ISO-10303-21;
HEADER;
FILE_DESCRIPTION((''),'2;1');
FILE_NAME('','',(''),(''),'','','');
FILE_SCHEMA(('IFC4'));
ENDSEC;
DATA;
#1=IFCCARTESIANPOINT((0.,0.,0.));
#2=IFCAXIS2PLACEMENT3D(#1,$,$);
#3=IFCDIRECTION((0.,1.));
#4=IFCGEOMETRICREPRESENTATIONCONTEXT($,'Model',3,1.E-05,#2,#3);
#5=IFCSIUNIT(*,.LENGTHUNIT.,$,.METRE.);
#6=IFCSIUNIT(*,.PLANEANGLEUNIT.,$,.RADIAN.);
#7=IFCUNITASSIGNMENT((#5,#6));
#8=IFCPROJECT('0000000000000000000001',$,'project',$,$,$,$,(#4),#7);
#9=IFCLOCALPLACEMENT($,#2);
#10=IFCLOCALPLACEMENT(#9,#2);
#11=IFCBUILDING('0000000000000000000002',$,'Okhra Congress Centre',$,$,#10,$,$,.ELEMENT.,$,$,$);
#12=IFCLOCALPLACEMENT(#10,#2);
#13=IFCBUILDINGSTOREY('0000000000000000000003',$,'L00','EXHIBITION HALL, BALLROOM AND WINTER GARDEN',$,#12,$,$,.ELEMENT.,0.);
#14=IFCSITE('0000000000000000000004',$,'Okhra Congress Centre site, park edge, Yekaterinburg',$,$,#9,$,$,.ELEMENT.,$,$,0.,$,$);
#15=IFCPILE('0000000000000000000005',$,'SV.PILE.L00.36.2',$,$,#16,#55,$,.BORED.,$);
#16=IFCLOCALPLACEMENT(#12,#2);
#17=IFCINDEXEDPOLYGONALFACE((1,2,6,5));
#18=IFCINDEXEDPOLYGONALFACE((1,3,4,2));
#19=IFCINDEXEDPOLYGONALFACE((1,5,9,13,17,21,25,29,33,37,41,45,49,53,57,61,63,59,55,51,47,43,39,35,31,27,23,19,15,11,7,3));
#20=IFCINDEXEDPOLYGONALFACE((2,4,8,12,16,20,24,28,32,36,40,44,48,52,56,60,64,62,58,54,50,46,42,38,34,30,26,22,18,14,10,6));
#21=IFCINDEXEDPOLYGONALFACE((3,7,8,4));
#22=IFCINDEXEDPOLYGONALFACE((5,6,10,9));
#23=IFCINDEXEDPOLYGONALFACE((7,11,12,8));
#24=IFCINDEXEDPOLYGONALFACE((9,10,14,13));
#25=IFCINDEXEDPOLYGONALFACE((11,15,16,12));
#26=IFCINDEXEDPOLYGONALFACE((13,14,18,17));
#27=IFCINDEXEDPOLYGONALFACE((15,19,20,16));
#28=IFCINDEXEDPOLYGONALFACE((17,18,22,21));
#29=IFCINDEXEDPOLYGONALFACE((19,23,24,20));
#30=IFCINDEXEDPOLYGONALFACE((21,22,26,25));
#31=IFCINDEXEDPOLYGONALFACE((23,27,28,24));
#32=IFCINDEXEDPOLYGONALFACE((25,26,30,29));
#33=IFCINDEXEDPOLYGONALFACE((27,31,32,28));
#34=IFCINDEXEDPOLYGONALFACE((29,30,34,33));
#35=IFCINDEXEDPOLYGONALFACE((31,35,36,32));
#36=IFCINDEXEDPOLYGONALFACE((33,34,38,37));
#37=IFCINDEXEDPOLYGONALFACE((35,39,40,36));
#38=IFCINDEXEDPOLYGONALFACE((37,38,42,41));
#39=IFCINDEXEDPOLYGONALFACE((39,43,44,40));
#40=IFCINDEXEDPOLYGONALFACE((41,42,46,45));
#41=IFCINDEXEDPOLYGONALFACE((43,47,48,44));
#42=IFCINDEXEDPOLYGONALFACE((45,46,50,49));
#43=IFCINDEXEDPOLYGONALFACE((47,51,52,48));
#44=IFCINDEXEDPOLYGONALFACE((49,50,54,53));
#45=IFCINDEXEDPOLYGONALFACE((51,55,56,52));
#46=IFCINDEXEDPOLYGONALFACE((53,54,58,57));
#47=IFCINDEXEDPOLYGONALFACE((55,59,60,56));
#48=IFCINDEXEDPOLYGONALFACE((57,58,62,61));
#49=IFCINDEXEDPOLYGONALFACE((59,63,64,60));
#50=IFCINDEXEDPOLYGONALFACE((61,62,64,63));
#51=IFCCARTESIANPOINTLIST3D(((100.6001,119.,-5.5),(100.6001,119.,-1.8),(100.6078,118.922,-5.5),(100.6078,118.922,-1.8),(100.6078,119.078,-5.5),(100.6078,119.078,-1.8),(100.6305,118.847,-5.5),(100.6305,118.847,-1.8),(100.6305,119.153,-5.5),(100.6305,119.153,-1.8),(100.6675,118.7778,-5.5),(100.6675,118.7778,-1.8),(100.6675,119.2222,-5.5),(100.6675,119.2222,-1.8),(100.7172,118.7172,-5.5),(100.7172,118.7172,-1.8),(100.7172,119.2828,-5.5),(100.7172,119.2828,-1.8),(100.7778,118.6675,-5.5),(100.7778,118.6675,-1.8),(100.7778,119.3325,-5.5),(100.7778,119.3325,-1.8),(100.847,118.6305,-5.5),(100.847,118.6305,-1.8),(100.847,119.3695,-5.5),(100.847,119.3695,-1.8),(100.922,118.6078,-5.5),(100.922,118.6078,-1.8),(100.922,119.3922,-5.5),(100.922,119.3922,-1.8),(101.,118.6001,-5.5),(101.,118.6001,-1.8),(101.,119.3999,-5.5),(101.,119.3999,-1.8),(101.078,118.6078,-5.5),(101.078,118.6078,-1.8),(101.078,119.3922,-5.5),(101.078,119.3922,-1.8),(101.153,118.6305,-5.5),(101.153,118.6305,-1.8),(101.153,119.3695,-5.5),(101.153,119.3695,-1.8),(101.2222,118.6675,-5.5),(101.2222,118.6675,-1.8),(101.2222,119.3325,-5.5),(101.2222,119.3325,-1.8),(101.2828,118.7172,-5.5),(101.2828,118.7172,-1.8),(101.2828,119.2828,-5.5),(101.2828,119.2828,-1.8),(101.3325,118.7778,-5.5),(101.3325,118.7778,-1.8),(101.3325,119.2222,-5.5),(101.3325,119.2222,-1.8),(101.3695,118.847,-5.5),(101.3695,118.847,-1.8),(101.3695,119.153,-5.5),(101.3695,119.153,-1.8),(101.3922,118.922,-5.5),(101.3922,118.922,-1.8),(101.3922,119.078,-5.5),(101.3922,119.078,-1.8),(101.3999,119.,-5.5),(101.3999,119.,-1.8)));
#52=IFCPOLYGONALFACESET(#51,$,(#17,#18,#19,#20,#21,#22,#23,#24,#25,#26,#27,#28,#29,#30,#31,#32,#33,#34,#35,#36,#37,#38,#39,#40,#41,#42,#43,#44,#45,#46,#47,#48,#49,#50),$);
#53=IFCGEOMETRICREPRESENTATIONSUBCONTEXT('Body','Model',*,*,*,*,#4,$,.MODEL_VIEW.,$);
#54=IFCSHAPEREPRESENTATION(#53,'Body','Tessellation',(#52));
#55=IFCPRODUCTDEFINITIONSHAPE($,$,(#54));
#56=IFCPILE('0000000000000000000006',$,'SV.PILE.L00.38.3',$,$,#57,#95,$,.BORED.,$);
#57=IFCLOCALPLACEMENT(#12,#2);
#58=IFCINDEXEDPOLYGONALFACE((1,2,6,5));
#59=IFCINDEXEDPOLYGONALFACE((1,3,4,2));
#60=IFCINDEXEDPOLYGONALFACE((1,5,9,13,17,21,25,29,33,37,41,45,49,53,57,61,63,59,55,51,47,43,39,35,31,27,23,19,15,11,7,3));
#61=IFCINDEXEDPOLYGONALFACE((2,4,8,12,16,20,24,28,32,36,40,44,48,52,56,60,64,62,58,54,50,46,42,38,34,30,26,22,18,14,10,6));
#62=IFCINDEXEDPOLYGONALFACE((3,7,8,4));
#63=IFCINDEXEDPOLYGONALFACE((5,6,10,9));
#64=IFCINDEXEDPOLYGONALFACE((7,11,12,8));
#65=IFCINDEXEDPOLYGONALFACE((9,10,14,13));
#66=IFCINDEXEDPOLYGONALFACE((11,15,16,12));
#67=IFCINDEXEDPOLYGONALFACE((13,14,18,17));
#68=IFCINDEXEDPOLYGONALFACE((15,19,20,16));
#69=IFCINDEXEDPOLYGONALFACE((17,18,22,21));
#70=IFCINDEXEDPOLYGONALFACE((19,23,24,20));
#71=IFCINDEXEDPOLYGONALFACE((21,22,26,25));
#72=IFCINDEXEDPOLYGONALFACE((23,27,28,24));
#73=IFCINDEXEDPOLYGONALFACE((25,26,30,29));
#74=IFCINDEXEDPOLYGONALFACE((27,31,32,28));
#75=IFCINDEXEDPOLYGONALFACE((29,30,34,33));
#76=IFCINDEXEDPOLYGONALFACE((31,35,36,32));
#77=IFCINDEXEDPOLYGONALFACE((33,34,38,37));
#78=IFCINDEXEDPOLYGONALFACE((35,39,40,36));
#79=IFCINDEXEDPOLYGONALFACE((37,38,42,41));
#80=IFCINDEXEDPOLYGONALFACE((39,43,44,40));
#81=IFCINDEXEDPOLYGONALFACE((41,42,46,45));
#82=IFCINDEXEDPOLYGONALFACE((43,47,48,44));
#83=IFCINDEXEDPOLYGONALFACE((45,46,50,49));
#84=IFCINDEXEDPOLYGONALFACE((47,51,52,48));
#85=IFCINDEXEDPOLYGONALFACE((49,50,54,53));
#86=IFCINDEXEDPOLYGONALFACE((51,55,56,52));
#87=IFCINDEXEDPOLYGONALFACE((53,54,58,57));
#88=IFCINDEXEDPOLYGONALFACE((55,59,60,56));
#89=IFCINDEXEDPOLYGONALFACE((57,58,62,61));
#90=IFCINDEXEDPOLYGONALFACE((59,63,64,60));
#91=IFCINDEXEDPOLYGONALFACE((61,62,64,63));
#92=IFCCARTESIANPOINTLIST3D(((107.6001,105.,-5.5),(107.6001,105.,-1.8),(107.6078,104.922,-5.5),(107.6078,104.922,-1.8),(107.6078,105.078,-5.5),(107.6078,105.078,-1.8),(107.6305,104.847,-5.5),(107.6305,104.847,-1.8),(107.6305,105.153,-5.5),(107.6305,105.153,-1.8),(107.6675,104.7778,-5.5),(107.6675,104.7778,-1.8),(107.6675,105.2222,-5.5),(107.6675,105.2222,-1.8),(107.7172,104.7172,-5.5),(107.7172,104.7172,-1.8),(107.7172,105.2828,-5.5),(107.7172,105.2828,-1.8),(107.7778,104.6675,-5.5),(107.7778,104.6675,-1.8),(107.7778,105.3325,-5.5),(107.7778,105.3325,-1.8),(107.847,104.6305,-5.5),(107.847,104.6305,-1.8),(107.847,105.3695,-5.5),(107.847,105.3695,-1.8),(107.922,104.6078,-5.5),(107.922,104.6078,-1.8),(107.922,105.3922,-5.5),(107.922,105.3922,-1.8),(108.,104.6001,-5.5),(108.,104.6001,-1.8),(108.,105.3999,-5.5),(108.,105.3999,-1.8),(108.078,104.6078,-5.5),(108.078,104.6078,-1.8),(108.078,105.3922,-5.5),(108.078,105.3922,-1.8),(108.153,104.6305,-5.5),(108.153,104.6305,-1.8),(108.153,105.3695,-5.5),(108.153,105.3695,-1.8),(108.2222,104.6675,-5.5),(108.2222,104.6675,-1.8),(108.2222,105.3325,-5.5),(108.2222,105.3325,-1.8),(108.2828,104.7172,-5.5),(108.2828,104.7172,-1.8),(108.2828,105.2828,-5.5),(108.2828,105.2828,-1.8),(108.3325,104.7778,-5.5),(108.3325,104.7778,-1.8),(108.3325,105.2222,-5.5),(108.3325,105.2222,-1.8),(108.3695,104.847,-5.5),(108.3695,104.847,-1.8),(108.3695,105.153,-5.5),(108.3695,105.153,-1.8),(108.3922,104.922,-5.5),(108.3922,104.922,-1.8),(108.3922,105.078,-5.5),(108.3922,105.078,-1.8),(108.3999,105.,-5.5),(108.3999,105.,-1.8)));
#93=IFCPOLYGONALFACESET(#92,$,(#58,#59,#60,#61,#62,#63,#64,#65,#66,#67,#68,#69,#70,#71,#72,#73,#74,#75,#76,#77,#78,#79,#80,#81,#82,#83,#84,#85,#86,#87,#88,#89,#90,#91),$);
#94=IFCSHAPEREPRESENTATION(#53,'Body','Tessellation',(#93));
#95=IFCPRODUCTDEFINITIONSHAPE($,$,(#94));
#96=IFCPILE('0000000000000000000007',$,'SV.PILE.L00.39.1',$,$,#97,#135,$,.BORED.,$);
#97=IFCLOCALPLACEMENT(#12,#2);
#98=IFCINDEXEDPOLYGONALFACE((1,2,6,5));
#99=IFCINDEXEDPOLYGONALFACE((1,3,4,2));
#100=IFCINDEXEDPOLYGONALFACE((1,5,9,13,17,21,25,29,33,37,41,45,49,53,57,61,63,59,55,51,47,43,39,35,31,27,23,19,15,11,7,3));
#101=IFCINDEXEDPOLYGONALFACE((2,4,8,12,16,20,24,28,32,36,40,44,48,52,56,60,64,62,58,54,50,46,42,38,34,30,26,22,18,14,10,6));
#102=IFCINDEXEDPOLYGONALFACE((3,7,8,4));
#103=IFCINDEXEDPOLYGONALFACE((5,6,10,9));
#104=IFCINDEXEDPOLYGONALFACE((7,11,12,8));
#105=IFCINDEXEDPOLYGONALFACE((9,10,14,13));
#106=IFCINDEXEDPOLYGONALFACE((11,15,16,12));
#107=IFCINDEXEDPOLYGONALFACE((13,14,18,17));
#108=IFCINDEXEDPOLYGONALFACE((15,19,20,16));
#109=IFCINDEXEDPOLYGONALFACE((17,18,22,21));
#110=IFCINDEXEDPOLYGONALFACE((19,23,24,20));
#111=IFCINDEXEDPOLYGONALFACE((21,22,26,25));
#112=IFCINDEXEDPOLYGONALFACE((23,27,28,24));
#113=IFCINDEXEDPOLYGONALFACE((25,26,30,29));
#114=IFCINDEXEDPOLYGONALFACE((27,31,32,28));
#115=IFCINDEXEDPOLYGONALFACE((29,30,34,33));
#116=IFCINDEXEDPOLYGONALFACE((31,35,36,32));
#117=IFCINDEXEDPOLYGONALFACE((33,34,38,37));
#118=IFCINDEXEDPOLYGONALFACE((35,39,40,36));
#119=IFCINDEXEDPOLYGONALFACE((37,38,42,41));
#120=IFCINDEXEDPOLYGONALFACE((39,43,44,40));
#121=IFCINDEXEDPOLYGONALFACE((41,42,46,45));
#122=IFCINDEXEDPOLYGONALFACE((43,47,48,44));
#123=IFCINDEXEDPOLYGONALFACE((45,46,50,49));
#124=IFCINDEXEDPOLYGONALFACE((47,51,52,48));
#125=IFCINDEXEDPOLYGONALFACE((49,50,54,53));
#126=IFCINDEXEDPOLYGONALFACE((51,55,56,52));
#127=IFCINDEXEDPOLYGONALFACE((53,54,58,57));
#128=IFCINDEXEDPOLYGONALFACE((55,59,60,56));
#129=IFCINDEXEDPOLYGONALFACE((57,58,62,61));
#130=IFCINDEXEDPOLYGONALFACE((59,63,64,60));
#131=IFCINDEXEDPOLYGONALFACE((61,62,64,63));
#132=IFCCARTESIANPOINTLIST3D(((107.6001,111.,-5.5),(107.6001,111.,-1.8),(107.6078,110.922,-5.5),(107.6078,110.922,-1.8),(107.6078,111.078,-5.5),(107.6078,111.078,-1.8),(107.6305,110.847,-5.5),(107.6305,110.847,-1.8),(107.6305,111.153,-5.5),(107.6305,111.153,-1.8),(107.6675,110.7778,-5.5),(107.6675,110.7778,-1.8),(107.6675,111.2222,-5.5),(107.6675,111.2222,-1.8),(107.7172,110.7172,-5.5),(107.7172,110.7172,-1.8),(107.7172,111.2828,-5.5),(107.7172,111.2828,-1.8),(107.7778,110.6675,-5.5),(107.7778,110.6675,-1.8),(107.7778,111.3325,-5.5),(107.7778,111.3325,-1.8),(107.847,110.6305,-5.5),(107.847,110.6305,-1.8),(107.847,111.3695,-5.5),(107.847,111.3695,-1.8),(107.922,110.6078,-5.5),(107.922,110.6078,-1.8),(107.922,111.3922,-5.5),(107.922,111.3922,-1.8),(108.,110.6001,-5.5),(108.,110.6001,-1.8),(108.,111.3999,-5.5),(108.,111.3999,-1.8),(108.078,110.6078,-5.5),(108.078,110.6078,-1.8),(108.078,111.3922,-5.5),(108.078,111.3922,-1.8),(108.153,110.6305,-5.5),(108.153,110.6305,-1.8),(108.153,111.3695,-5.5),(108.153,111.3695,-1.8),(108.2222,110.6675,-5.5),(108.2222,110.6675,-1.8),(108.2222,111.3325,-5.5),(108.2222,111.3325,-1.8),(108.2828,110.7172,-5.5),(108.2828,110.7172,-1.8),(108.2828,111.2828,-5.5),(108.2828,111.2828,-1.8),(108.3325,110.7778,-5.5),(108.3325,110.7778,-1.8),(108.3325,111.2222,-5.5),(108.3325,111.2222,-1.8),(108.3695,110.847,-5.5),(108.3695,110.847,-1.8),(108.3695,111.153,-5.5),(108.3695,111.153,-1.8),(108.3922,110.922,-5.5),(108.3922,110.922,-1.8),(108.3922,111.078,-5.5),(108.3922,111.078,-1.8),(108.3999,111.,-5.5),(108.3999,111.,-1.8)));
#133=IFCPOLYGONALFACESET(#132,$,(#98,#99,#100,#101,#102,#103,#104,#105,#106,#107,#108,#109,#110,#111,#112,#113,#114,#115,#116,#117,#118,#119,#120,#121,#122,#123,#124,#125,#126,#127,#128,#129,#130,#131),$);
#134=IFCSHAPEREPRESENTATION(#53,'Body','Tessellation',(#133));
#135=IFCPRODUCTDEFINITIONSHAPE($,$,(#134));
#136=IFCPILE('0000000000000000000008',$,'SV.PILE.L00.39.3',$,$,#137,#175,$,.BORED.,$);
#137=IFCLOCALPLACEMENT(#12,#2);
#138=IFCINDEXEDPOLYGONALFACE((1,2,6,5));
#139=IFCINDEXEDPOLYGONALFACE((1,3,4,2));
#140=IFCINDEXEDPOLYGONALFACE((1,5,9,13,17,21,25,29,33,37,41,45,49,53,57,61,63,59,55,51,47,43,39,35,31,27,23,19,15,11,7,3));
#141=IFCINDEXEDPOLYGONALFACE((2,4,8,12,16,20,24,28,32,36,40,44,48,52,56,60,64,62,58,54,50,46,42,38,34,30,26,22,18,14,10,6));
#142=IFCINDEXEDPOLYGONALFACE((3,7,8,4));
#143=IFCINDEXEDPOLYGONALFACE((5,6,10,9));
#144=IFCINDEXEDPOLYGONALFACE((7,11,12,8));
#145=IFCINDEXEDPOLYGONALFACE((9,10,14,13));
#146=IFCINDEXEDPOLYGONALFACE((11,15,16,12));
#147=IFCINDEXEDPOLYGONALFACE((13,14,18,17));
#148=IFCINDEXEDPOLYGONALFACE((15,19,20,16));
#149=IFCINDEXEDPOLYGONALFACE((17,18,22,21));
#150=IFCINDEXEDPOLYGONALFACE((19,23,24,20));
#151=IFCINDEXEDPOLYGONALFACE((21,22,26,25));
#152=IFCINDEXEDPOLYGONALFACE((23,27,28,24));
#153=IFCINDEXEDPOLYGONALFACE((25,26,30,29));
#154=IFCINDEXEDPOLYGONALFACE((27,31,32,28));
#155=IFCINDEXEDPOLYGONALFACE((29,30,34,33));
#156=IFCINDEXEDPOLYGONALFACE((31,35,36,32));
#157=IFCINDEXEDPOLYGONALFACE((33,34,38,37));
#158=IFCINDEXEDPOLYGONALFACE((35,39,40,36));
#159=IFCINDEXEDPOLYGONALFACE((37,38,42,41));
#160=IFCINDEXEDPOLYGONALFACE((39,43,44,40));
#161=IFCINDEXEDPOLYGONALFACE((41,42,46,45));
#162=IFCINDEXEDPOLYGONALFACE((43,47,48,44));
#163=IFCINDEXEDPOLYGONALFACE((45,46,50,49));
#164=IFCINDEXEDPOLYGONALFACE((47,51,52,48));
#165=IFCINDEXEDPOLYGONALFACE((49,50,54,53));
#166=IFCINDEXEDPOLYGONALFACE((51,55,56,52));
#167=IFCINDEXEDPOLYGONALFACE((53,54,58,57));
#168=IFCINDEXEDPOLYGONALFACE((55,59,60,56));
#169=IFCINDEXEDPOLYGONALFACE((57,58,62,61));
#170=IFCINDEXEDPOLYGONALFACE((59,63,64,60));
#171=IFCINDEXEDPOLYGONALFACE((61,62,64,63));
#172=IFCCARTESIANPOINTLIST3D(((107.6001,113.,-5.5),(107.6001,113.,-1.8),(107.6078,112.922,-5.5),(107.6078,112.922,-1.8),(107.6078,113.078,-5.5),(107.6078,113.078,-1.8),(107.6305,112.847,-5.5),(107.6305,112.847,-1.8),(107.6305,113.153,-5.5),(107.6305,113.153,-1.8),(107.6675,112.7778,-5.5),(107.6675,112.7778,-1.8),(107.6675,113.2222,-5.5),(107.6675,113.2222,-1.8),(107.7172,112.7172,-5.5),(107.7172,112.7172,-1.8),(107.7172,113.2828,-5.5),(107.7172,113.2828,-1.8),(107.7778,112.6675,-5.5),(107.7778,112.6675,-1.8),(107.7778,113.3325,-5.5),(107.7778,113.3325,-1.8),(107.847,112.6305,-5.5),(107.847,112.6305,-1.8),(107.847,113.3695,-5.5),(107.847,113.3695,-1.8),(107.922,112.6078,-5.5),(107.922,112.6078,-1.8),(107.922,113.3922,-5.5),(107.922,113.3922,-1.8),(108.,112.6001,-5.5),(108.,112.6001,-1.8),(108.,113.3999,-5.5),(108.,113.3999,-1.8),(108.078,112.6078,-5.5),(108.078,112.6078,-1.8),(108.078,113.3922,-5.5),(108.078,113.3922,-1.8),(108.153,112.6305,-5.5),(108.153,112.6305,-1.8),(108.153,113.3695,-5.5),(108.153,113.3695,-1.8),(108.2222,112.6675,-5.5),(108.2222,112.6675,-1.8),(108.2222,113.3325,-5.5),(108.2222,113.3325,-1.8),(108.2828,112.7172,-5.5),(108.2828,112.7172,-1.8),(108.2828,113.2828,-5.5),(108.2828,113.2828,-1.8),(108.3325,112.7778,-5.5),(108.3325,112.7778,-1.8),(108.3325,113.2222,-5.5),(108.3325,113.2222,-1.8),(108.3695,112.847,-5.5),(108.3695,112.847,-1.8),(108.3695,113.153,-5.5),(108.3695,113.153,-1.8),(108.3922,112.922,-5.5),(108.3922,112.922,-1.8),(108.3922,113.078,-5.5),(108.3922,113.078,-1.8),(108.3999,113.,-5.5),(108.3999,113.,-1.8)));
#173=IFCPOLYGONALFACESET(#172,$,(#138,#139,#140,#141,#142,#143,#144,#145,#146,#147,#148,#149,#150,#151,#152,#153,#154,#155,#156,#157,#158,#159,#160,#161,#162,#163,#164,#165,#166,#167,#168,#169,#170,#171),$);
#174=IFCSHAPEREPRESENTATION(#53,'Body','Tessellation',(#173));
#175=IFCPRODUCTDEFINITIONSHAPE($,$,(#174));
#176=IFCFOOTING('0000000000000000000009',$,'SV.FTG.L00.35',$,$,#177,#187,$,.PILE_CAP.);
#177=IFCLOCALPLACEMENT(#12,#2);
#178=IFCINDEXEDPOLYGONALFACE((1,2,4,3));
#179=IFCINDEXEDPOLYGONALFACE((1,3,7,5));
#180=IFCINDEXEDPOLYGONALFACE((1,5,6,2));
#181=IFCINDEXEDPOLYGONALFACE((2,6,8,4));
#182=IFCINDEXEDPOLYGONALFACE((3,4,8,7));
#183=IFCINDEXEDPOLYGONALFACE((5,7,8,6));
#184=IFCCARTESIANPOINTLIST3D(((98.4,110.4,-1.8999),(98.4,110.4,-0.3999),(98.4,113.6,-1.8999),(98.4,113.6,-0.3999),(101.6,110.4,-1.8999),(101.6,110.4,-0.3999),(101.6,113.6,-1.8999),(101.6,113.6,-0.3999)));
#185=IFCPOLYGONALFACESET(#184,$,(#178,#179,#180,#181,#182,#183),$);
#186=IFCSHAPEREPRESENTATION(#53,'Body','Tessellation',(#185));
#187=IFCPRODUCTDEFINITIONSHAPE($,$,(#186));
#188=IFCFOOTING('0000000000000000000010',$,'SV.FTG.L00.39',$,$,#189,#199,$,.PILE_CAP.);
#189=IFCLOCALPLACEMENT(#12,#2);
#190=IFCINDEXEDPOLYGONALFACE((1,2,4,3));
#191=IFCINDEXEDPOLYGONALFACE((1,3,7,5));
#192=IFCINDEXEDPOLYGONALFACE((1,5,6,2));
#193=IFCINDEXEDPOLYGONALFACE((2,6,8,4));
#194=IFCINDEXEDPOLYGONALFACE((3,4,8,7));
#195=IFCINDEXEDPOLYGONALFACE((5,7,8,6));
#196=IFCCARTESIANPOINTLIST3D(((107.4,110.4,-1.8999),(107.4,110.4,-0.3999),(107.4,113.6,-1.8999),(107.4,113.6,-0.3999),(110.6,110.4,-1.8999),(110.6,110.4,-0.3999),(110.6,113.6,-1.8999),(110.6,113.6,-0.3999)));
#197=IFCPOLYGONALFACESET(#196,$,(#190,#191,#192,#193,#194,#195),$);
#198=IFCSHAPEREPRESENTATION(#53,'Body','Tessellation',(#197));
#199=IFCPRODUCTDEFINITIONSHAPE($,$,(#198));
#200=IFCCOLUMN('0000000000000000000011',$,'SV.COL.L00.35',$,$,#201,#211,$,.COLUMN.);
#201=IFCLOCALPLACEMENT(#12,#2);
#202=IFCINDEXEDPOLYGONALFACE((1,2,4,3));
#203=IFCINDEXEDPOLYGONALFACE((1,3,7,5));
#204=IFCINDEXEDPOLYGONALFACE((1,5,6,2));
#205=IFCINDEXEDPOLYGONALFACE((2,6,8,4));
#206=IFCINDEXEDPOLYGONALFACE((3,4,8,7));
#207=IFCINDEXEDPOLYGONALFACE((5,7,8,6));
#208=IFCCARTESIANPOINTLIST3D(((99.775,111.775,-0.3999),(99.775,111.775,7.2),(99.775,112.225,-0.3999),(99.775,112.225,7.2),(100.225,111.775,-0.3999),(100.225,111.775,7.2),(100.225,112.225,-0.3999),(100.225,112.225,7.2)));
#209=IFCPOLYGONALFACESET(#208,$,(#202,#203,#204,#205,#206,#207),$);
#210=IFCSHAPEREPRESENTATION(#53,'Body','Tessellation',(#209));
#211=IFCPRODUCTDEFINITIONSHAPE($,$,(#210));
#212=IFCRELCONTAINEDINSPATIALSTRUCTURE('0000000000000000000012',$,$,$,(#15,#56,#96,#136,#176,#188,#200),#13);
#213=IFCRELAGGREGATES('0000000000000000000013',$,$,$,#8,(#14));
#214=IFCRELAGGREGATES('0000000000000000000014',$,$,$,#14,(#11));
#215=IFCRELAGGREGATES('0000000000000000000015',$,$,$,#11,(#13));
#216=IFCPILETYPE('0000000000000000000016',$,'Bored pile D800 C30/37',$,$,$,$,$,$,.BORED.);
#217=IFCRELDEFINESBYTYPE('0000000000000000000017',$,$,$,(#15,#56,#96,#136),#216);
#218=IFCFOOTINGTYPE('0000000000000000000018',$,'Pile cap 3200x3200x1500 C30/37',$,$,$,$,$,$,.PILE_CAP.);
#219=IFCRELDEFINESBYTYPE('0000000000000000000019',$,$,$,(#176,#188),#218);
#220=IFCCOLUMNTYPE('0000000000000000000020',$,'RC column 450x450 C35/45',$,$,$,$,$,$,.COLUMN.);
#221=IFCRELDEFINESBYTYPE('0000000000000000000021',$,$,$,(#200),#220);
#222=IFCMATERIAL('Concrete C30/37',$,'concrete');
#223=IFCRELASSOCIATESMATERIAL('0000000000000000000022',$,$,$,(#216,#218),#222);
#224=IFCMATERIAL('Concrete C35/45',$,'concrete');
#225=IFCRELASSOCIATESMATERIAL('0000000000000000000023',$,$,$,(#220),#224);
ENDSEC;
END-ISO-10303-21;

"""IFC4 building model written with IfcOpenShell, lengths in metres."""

from ifc_helpers import new_model, si_unit, direction, frame, origin, origin_2d, place, context, subcontext, project, spatial, rectangle, circle, extrude, material, material_profile, profile_set, type_object, element, save


model = new_model("IFC4")

# Units and contexts
model_context = context("Model", 3, precision=1e-05, world=origin(), true_north=direction((0.0, 1.0)))
body_context = subcontext(model_context, "Body", "Model", "MODEL_VIEW")
ifc_project = project(units=[si_unit("LENGTHUNIT", "METRE"), si_unit("PLANEANGLEUNIT", "RADIAN")], contexts=[model_context])

# Site, building, storey
site_placement = place(None, origin())
site = spatial("IfcSite", under=ifc_project, at=site_placement, Name="Okhra Congress Centre site, park edge, Yekaterinburg", CompositionType="ELEMENT", RefElevation=0.0)
building_placement = place(site_placement, origin())
building = spatial("IfcBuilding", under=site, at=building_placement, Name="Okhra Congress Centre", CompositionType="ELEMENT")
storey_placement = place(building_placement, origin())
storey = spatial("IfcBuildingStorey", under=building, at=storey_placement, Name="L00", Description="EXHIBITION HALL, BALLROOM AND WINTER GARDEN", CompositionType="ELEMENT", Elevation=0.0)

# Piles
ifc_material_1 = material(Name="Concrete C30/37", Category="concrete")
ifc_material_profile_1 = material_profile(ifc_material_1, circle(Radius=0.3999, at=origin_2d()), Name="D800")
ifc_profile_set_1 = profile_set([ifc_material_profile_1], Name="Concrete C30/37")
pile_type = type_object("IfcPileType", Name="Bored pile D800 C30/37", PredefinedType="BORED", material=ifc_profile_set_1)
for number, where, z_axis, x_axis, name in (
    (1, (101.0, 119.0, -1.8), (0.0, 0.0, -1.0), (1.0, 0.0, 0.0), "SV.PILE.L00.36.2"),
    (2, (108.0, 105.0, -1.8), (0.0, 0.0, -1.0), (1.0, 0.0, 0.0), "SV.PILE.L00.38.3"),
    (3, (108.0, 111.0, -1.8), (0.0, 0.0, -1.0), (1.0, 0.0, 0.0), "SV.PILE.L00.39.1"),
    (4, (108.0, 113.0, -1.8), (0.0, 0.0, -1.0), (1.0, 0.0, 0.0), "SV.PILE.L00.39.3"),
):
    element("IfcPile", number, at=place(storey_placement, frame(where, z_axis=z_axis, x_axis=x_axis)), inside=storey, type_object=pile_type, Name=name, PredefinedType="BORED", context=body_context, shape_type="SweptSolid", body=[
        extrude(circle(Radius=0.3999, at=origin_2d()), origin(), (0.0, 0.0, 1.0), 3.7),
    ])

# Footings
footing_type = type_object("IfcFootingType", Name="Pile cap 3200x3200x1500 C30/37", PredefinedType="PILE_CAP", material=ifc_material_1)
for number, where, z_axis, x_axis, name in (
    (5, (100.0, 112.0, -1.8999), (0.0, 0.0, 1.0), (1.0, 0.0, 0.0), "SV.FTG.L00.35"),
    (6, (109.0, 112.0, -1.8999), (0.0, 0.0, 1.0), (1.0, 0.0, 0.0), "SV.FTG.L00.39"),
):
    element("IfcFooting", number, at=place(storey_placement, frame(where, z_axis=z_axis, x_axis=x_axis)), inside=storey, type_object=footing_type, Name=name, PredefinedType="PILE_CAP", context=body_context, shape_type="SweptSolid", body=[
        extrude(rectangle(XDim=3.2, YDim=3.2, at=origin_2d()), origin(), (0.0, 0.0, 1.0), 1.5),
    ])

# Column
ifc_material_2 = material(Name="Concrete C35/45", Category="concrete")
ifc_material_profile_2 = material_profile(ifc_material_2, rectangle(XDim=0.45, YDim=0.45, at=origin_2d()), Name="RC 450x450")
ifc_profile_set_2 = profile_set([ifc_material_profile_2], Name="Concrete C35/45")
column_type = type_object("IfcColumnType", Name="RC column 450x450 C35/45", PredefinedType="COLUMN", material=ifc_profile_set_2)
for number, where, z_axis, x_axis, name in (
    (7, (100.0, 112.0, -0.3999), (0.0, 0.0, 1.0), (1.0, 0.0, 0.0), "SV.COL.L00.35"),
):
    element("IfcColumn", number, at=place(storey_placement, frame(where, z_axis=z_axis, x_axis=x_axis)), inside=storey, type_object=column_type, Name=name, PredefinedType="COLUMN", context=body_context, shape_type="SweptSolid", body=[
        extrude(rectangle(XDim=0.45, YDim=0.45, at=origin_2d()), origin(), (0.0, 0.0, 1.0), 7.5999),
    ])

save(model, "model.ifc")
